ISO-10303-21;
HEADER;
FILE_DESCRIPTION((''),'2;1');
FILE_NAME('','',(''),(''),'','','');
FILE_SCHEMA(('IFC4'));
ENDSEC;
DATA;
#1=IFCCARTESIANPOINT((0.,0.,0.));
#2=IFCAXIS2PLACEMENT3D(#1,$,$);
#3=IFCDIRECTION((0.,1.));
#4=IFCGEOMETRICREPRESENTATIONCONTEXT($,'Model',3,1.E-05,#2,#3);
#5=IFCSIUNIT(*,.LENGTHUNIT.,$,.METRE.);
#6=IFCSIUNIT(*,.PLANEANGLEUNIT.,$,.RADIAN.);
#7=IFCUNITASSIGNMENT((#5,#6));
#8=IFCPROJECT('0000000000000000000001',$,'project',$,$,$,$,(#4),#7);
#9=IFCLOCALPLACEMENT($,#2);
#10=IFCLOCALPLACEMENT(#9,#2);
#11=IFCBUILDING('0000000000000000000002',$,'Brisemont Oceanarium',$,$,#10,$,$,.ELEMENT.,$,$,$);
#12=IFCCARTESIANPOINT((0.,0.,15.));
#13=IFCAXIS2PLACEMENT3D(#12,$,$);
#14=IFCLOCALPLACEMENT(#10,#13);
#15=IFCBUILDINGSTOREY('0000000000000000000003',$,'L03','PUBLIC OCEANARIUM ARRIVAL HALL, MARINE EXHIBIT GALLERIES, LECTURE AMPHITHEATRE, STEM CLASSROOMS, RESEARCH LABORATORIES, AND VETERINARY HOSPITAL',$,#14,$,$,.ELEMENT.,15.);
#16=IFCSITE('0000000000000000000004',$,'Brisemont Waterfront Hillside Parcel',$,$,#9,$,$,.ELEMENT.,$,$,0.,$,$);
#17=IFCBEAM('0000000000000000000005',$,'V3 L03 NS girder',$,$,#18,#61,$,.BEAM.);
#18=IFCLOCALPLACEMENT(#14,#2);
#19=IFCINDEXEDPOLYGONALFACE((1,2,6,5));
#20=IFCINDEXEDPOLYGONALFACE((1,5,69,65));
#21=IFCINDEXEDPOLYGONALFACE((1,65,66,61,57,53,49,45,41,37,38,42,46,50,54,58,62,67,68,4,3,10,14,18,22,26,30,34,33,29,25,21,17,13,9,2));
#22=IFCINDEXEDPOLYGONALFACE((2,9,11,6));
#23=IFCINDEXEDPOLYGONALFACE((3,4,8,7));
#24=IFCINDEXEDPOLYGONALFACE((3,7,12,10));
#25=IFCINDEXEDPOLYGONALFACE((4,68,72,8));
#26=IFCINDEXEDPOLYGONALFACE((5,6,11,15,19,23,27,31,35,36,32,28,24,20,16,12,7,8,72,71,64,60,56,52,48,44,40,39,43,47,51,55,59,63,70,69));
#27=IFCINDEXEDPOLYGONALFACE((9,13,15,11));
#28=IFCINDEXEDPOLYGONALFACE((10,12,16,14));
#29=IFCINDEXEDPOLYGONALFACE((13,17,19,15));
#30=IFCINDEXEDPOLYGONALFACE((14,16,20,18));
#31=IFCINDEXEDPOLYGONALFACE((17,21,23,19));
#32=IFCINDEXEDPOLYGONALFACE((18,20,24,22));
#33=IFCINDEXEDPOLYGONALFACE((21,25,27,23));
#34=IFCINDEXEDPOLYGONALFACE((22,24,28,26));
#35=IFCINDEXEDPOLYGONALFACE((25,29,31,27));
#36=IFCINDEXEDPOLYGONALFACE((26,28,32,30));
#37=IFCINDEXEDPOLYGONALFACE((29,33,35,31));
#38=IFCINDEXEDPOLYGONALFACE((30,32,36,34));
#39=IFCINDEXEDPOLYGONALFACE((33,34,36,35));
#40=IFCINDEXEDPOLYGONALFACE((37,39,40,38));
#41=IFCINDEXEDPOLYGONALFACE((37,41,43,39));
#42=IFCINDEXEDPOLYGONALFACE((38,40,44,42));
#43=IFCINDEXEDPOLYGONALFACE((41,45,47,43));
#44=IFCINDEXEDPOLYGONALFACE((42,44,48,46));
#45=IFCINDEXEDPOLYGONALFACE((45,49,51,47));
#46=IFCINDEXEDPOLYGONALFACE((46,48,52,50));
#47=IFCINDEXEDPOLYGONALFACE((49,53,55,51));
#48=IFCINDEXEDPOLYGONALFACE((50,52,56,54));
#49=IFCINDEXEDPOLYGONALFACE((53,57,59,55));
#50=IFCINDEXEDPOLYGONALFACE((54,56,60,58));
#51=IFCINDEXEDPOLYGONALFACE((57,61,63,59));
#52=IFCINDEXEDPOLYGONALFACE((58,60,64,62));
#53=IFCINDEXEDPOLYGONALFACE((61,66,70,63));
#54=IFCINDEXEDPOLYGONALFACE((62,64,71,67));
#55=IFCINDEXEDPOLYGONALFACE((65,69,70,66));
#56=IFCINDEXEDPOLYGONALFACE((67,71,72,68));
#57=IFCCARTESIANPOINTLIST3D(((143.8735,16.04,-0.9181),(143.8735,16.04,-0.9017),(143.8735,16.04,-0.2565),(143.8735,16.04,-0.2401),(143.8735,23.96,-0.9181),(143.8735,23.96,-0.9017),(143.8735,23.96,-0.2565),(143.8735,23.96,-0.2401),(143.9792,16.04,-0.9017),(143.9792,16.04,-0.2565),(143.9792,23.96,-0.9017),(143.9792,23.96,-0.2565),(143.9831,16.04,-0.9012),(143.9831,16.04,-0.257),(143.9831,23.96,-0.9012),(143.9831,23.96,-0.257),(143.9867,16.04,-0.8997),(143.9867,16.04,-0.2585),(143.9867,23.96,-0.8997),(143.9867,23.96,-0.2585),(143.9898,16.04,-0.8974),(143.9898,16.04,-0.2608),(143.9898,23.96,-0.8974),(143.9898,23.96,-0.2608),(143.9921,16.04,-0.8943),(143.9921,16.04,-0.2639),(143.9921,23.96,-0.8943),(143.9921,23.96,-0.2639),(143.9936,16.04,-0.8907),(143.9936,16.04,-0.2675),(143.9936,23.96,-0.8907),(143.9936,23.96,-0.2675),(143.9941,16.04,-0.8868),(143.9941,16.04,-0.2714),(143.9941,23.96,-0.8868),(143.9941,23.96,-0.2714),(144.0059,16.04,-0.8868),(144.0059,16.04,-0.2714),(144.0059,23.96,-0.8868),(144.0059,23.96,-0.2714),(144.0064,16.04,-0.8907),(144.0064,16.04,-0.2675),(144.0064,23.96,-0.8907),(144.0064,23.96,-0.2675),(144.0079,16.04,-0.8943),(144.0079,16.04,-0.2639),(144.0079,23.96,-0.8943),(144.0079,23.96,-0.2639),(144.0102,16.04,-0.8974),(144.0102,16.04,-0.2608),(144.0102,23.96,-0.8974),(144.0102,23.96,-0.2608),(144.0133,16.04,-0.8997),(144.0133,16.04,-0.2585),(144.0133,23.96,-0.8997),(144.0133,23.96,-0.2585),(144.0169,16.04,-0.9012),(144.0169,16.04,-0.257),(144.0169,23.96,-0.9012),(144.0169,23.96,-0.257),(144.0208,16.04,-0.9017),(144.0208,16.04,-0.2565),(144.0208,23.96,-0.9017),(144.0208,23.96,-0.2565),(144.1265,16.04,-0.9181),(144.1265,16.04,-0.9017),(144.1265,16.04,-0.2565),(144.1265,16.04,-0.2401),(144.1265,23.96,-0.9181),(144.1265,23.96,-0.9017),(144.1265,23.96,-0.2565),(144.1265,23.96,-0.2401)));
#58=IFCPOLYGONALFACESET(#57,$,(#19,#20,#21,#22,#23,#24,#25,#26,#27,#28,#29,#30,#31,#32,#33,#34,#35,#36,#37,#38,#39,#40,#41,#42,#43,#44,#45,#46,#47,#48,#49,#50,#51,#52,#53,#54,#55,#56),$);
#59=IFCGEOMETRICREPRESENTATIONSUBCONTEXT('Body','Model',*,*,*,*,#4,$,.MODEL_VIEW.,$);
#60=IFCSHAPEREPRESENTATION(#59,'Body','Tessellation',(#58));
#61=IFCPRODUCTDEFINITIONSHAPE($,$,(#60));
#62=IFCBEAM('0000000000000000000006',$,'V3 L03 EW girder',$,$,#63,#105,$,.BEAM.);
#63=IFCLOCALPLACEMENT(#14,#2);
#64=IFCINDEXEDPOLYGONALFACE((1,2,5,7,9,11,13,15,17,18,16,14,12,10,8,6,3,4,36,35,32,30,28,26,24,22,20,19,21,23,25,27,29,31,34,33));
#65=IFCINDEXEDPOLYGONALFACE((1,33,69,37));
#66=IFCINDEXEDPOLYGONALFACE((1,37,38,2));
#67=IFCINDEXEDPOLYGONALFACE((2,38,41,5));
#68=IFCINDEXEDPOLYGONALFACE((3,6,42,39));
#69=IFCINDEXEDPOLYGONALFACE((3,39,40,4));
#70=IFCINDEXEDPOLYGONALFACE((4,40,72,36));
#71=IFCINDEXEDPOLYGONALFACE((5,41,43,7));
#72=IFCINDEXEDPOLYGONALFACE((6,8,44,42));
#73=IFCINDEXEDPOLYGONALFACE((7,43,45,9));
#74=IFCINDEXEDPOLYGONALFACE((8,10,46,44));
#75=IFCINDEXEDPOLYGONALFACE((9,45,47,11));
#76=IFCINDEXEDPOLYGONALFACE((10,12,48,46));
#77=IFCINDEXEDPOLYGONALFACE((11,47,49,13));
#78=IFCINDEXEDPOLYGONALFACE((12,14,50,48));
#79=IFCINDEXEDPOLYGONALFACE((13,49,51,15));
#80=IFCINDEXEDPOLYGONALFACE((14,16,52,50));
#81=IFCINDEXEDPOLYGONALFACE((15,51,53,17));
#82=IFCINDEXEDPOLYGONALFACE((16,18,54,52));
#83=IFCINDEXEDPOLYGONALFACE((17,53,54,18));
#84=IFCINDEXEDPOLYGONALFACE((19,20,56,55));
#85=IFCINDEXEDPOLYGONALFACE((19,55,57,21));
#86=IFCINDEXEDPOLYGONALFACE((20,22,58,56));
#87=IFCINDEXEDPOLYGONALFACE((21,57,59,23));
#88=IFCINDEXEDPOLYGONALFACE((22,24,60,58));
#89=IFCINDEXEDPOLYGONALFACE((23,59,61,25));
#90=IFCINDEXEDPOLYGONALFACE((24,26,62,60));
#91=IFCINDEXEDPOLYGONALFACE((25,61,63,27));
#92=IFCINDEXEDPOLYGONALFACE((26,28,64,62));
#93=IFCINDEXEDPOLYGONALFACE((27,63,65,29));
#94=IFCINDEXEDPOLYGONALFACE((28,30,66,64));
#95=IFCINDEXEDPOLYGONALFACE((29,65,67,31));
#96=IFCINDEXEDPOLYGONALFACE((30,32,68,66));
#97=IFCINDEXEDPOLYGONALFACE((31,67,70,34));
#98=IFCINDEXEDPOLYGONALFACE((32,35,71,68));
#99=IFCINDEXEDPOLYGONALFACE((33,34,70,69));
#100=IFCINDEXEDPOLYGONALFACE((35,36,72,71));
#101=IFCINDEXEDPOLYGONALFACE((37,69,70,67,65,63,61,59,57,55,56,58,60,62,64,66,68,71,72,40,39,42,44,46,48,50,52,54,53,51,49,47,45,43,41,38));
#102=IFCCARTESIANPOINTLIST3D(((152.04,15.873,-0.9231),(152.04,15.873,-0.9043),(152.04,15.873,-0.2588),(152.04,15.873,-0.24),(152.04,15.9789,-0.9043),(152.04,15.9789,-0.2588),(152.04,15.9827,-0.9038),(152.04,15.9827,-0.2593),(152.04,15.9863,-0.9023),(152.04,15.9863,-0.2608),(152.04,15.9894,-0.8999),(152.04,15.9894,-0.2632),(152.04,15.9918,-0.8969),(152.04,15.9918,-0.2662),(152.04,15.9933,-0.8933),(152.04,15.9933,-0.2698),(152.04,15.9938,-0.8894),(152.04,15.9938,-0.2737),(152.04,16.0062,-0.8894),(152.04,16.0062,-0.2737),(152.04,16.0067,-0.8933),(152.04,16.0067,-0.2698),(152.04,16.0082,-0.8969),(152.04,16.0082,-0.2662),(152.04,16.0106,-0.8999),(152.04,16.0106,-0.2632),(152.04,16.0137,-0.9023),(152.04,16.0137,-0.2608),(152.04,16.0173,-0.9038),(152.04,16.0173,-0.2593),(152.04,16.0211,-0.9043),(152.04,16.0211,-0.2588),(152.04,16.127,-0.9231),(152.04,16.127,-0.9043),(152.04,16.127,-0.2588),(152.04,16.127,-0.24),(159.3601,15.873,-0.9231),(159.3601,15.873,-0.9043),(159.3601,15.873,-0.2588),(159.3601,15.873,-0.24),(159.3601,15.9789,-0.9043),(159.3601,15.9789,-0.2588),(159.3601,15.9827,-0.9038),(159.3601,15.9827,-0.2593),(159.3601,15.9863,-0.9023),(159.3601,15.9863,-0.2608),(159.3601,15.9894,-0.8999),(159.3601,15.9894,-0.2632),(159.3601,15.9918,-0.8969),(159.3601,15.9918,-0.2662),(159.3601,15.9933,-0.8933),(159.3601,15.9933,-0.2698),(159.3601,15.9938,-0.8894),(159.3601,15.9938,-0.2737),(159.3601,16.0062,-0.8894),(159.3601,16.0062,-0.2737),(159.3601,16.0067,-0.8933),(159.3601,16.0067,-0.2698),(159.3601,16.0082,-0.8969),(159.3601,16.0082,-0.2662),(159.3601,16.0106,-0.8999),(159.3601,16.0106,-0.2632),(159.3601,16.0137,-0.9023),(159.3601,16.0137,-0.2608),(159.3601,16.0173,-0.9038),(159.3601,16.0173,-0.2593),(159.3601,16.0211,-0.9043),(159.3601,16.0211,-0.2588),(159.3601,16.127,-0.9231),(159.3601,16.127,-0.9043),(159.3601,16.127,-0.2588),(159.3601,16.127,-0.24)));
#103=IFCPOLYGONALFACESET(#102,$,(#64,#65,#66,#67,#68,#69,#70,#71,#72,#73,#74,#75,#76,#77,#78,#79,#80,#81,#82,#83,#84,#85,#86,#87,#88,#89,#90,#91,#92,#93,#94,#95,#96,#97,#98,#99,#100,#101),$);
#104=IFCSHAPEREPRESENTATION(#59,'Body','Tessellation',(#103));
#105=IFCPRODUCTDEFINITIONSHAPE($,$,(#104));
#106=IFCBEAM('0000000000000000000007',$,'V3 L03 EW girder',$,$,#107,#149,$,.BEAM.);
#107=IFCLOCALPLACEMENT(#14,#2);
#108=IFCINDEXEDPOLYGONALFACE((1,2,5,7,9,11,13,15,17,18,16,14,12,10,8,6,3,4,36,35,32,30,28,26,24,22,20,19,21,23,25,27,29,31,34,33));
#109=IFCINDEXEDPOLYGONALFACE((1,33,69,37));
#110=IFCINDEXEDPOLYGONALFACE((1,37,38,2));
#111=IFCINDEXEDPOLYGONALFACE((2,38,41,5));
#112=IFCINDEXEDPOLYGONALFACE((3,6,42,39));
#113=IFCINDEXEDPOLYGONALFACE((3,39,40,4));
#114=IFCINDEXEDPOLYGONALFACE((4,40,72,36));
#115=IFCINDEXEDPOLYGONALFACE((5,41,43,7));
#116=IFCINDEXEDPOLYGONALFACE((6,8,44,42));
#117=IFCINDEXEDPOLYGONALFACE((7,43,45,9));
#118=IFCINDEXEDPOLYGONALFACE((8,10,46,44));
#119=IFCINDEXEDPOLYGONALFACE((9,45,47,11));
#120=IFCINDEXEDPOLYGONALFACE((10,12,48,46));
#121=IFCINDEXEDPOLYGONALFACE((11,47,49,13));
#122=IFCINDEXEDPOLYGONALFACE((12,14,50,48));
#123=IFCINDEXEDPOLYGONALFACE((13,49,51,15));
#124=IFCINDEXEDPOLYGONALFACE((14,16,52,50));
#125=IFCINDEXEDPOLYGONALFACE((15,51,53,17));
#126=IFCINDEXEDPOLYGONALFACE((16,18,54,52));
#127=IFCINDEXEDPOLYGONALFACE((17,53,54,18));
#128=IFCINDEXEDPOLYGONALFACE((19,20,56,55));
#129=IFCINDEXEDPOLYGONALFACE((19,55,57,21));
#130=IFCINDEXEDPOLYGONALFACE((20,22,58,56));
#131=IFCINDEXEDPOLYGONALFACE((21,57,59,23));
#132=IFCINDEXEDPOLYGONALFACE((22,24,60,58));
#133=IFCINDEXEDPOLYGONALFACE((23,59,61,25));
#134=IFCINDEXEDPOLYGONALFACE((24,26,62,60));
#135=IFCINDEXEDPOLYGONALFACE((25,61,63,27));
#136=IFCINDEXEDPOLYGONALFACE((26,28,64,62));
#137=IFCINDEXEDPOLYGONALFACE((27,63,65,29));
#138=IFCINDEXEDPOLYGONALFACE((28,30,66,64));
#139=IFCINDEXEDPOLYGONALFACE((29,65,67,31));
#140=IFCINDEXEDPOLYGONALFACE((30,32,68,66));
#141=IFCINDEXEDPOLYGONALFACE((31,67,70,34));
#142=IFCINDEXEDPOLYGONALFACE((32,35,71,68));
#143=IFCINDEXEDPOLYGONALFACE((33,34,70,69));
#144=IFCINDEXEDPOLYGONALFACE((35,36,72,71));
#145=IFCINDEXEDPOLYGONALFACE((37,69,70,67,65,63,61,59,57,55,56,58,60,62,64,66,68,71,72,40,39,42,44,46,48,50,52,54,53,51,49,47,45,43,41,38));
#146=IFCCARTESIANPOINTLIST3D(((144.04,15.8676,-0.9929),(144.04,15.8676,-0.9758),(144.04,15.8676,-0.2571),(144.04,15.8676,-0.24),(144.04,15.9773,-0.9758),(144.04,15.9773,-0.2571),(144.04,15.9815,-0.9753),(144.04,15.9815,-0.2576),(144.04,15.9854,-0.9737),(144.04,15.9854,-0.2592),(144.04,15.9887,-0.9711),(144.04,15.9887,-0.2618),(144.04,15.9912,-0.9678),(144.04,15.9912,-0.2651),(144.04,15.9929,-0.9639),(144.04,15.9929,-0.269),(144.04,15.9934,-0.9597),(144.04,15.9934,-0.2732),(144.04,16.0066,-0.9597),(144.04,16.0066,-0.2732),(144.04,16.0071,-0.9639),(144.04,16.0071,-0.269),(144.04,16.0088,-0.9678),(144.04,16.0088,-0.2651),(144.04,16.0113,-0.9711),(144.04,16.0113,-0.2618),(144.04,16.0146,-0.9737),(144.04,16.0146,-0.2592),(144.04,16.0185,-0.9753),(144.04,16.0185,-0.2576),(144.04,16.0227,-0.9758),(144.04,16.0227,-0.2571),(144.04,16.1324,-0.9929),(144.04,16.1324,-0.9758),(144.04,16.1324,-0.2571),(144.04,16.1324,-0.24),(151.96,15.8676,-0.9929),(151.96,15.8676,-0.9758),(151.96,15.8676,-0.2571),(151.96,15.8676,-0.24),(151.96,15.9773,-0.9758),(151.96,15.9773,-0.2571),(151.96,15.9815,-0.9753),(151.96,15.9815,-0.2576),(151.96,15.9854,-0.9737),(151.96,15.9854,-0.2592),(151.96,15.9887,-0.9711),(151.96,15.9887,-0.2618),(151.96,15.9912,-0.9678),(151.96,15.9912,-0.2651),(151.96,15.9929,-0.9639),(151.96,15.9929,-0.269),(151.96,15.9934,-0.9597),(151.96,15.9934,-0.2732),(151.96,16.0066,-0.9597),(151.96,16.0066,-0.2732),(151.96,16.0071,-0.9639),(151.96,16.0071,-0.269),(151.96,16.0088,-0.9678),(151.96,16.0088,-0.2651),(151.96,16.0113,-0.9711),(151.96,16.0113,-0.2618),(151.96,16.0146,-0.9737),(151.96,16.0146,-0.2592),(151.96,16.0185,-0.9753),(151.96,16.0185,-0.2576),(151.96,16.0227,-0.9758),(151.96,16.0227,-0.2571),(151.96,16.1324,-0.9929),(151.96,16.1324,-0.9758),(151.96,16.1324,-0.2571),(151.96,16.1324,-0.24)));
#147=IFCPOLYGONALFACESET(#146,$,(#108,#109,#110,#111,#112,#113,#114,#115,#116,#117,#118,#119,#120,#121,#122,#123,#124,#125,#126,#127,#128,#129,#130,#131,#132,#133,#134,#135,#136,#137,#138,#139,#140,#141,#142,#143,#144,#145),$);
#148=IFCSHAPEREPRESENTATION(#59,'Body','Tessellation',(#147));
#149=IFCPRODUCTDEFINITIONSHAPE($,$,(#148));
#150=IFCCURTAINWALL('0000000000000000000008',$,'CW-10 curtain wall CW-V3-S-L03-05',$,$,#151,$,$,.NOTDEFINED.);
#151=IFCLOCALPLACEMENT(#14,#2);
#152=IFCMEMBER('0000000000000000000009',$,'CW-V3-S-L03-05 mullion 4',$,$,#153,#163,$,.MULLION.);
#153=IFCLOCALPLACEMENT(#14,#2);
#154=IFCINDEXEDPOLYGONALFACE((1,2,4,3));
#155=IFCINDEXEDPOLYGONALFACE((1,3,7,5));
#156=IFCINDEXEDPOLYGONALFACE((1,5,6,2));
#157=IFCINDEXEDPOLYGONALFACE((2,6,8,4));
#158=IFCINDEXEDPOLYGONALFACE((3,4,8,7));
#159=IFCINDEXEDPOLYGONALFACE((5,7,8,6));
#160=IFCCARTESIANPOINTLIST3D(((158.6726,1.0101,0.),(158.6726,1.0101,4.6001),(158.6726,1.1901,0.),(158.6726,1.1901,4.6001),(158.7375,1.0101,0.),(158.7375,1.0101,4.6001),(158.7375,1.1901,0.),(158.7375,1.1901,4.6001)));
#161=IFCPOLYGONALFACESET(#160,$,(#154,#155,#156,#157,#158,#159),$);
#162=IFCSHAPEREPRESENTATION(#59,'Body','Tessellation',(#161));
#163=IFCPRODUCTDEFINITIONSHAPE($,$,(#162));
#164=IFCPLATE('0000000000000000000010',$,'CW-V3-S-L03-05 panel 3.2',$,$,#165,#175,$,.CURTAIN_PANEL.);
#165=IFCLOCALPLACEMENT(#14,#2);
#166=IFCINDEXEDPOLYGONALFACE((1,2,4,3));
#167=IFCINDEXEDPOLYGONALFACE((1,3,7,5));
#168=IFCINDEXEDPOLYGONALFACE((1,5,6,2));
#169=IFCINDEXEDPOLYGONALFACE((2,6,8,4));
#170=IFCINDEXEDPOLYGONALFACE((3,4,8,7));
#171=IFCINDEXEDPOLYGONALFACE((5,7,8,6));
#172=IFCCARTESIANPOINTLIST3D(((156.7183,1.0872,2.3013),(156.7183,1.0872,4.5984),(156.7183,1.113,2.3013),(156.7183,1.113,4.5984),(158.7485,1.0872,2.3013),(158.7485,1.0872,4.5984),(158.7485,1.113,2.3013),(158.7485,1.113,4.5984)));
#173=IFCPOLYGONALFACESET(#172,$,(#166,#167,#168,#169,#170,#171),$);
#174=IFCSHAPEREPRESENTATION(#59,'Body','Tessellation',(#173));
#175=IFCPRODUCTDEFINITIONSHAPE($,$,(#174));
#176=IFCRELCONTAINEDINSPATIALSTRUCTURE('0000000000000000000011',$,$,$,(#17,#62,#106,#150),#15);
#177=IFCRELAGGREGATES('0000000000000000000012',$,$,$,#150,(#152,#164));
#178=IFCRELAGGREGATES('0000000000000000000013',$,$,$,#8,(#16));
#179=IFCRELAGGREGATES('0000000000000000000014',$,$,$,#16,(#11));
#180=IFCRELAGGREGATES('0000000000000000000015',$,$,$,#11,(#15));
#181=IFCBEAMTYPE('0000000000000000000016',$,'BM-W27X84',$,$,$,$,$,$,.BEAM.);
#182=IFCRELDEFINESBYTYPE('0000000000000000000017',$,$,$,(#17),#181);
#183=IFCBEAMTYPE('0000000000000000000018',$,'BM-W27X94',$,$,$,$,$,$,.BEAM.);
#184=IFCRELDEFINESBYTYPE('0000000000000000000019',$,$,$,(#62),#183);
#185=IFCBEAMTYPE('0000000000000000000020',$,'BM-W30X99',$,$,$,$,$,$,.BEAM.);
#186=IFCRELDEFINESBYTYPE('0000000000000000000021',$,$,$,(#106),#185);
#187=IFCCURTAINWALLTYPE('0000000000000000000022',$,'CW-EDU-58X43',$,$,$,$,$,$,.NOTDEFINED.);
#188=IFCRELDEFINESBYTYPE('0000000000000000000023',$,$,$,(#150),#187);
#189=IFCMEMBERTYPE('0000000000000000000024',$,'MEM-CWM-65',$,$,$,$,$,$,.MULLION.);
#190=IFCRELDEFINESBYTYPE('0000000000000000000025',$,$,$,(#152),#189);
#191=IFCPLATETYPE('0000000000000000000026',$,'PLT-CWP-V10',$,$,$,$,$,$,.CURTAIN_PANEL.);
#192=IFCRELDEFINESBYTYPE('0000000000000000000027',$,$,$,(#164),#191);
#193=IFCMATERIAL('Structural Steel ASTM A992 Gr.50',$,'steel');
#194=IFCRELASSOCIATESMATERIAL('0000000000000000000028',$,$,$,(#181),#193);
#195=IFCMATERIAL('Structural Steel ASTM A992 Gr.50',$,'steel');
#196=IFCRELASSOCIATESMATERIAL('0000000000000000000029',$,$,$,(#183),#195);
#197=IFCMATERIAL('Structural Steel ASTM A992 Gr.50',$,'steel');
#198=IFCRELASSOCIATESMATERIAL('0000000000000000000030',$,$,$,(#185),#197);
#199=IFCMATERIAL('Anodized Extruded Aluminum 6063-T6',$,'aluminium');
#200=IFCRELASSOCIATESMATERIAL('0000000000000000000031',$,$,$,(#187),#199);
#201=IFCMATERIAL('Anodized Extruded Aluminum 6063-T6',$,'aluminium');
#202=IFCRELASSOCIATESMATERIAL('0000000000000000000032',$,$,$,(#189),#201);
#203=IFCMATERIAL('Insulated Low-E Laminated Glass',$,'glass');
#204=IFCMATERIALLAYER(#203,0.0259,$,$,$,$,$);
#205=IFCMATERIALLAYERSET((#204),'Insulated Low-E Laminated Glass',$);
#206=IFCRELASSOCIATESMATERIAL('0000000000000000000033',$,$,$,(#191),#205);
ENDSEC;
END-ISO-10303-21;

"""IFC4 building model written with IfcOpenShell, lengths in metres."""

from ifc_helpers import new_model, si_unit, direction, frame, origin, origin_2d, place, context, subcontext, project, spatial, rectangle, i_section, extrude, material, layer, layer_set, material_profile, profile_set, type_object, element, aggregate, save


model = new_model("IFC4")

# Units and contexts
model_context = context("Model", 3, precision=1e-05, world=origin(), true_north=direction((0.0, 1.0)))
body_context = subcontext(model_context, "Body", "Model", "MODEL_VIEW")
ifc_project = project(units=[si_unit("LENGTHUNIT", "METRE"), si_unit("PLANEANGLEUNIT", "RADIAN")], contexts=[model_context])

# Site, building, storey
site_placement = place(None, origin())
site = spatial("IfcSite", under=ifc_project, at=site_placement, Name="Brisemont Waterfront Hillside Parcel", CompositionType="ELEMENT", RefElevation=0.0)
building_placement = place(site_placement, origin())
building = spatial("IfcBuilding", under=site, at=building_placement, Name="Brisemont Oceanarium", CompositionType="ELEMENT")
storey_placement = place(building_placement, frame((0.0, 0.0, 15.0)))
storey = spatial("IfcBuildingStorey", under=building, at=storey_placement, Name="L03", Description="PUBLIC OCEANARIUM ARRIVAL HALL, MARINE EXHIBIT GALLERIES, LECTURE AMPHITHEATRE, STEM CLASSROOMS, RESEARCH LABORATORIES, AND VETERINARY HOSPITAL", CompositionType="ELEMENT", Elevation=15.0)

# Beams
ifc_material_1 = material(Name="Structural Steel ASTM A992 Gr.50", Category="steel")
ifc_material_profile_1 = material_profile(ifc_material_1, i_section(OverallWidth=0.2529, OverallDepth=0.678, WebThickness=0.0117, FlangeThickness=0.0164, FilletRadius=0.0149, at=origin_2d()), Name="W27X84")
ifc_profile_set_1 = profile_set([ifc_material_profile_1], Name="Structural Steel ASTM A992 Gr.50")
beam_type_1 = type_object("IfcBeamType", Name="BM-W27X84", PredefinedType="BEAM", material=ifc_profile_set_1)
beam_1_placement = place(storey_placement, frame((144.0, 16.04, -0.5791), z_axis=(0.0, 1.0, 0.0), x_axis=(-1.0, 0.0, 0.0)))
element("IfcBeam", 1, at=beam_1_placement, inside=storey, type_object=beam_type_1, Name="V3 L03 NS girder", PredefinedType="BEAM", context=body_context, shape_type="SweptSolid", body=[
    extrude(i_section(OverallWidth=0.2529, OverallDepth=0.678, WebThickness=0.0117, FlangeThickness=0.0164, FilletRadius=0.0149, at=origin_2d()), origin(), (0.0, 0.0, 1.0), 7.9199),
])
ifc_material_2 = material(Name="Structural Steel ASTM A992 Gr.50", Category="steel")
ifc_material_profile_2 = material_profile(ifc_material_2, i_section(OverallWidth=0.2539, OverallDepth=0.6831, WebThickness=0.0125, FlangeThickness=0.0188, FilletRadius=0.0149, at=origin_2d()), Name="W27X94")
ifc_profile_set_2 = profile_set([ifc_material_profile_2], Name="Structural Steel ASTM A992 Gr.50")
beam_type_2 = type_object("IfcBeamType", Name="BM-W27X94", PredefinedType="BEAM", material=ifc_profile_set_2)
beam_2_placement = place(storey_placement, frame((152.04, 16.0, -0.5815), z_axis=(1.0, 0.0, 0.0), x_axis=(0.0, 1.0, 0.0)))
element("IfcBeam", 2, at=beam_2_placement, inside=storey, type_object=beam_type_2, Name="V3 L03 EW girder", PredefinedType="BEAM", context=body_context, shape_type="SweptSolid", body=[
    extrude(i_section(OverallWidth=0.2539, OverallDepth=0.6831, WebThickness=0.0125, FlangeThickness=0.0188, FilletRadius=0.0149, at=origin_2d()), origin(), (0.0, 0.0, 1.0), 7.3201),
])
ifc_material_3 = material(Name="Structural Steel ASTM A992 Gr.50", Category="steel")
ifc_material_profile_3 = material_profile(ifc_material_3, i_section(OverallWidth=0.2649, OverallDepth=0.7529, WebThickness=0.0132, FlangeThickness=0.0171, FilletRadius=0.0161, at=origin_2d()), Name="W30X99")
ifc_profile_set_3 = profile_set([ifc_material_profile_3], Name="Structural Steel ASTM A992 Gr.50")
beam_type_3 = type_object("IfcBeamType", Name="BM-W30X99", PredefinedType="BEAM", material=ifc_profile_set_3)
beam_3_placement = place(storey_placement, frame((144.04, 16.0, -0.6165), z_axis=(1.0, 0.0, 0.0), x_axis=(0.0, 1.0, 0.0)))
element("IfcBeam", 3, at=beam_3_placement, inside=storey, type_object=beam_type_3, Name="V3 L03 EW girder", PredefinedType="BEAM", context=body_context, shape_type="SweptSolid", body=[
    extrude(i_section(OverallWidth=0.2649, OverallDepth=0.7529, WebThickness=0.0132, FlangeThickness=0.0171, FilletRadius=0.0161, at=origin_2d()), origin(), (0.0, 0.0, 1.0), 7.9199),
])

# Curtain wall, member, plate
ifc_material_4 = material(Name="Anodized Extruded Aluminum 6063-T6", Category="aluminium")
curtain_wall_type = type_object("IfcCurtainWallType", Name="CW-EDU-58X43", PredefinedType="NOTDEFINED", material=ifc_material_4)
curtain_wall_placement = place(storey_placement, origin())
curtain_wall = element("IfcCurtainWall", 4, at=curtain_wall_placement, inside=storey, type_object=curtain_wall_type, Name="CW-10 curtain wall CW-V3-S-L03-05", PredefinedType="NOTDEFINED")
ifc_material_5 = material(Name="Anodized Extruded Aluminum 6063-T6", Category="aluminium")
ifc_material_profile_4 = material_profile(ifc_material_5, rectangle(XDim=0.0649, YDim=0.1799, at=origin_2d()), Name="CWM-65X180")
ifc_profile_set_4 = profile_set([ifc_material_profile_4], Name="Anodized Extruded Aluminum 6063-T6")
member_type = type_object("IfcMemberType", Name="MEM-CWM-65", PredefinedType="MULLION", material=ifc_profile_set_4)
member_placement = place(storey_placement, frame((158.7051, 1.1001, 0.0), z_axis=(0.0, 0.0, 1.0), x_axis=(1.0, 0.0, 0.0)))
member = element("IfcMember", 5, at=member_placement, type_object=member_type, Name="CW-V3-S-L03-05 mullion 4", PredefinedType="MULLION", context=body_context, shape_type="SweptSolid", body=[
    extrude(rectangle(XDim=0.0649, YDim=0.1799, at=origin_2d()), origin(), (0.0, 0.0, 1.0), 4.6001),
])
ifc_material_6 = material(Name="Insulated Low-E Laminated Glass", Category="glass")
ifc_layer_1 = layer(ifc_material_6, 0.0259)
ifc_layer_set_1 = layer_set([ifc_layer_1], Name="Insulated Low-E Laminated Glass")
plate_type = type_object("IfcPlateType", Name="PLT-CWP-V10", PredefinedType="CURTAIN_PANEL", material=ifc_layer_set_1)
plate_placement = place(storey_placement, frame((157.7334, 1.1001, 2.3013), z_axis=(0.0, 0.0, 1.0), x_axis=(1.0, 0.0, 0.0)))
plate = element("IfcPlate", 6, at=plate_placement, type_object=plate_type, Name="CW-V3-S-L03-05 panel 3.2", PredefinedType="CURTAIN_PANEL", context=body_context, shape_type="SweptSolid", body=[
    extrude(rectangle(XDim=2.0303, YDim=0.0259, at=origin_2d()), origin(), (0.0, 0.0, 1.0), 2.2971),
])
aggregate(curtain_wall, [member, plate])

save(model, "model.ifc")
